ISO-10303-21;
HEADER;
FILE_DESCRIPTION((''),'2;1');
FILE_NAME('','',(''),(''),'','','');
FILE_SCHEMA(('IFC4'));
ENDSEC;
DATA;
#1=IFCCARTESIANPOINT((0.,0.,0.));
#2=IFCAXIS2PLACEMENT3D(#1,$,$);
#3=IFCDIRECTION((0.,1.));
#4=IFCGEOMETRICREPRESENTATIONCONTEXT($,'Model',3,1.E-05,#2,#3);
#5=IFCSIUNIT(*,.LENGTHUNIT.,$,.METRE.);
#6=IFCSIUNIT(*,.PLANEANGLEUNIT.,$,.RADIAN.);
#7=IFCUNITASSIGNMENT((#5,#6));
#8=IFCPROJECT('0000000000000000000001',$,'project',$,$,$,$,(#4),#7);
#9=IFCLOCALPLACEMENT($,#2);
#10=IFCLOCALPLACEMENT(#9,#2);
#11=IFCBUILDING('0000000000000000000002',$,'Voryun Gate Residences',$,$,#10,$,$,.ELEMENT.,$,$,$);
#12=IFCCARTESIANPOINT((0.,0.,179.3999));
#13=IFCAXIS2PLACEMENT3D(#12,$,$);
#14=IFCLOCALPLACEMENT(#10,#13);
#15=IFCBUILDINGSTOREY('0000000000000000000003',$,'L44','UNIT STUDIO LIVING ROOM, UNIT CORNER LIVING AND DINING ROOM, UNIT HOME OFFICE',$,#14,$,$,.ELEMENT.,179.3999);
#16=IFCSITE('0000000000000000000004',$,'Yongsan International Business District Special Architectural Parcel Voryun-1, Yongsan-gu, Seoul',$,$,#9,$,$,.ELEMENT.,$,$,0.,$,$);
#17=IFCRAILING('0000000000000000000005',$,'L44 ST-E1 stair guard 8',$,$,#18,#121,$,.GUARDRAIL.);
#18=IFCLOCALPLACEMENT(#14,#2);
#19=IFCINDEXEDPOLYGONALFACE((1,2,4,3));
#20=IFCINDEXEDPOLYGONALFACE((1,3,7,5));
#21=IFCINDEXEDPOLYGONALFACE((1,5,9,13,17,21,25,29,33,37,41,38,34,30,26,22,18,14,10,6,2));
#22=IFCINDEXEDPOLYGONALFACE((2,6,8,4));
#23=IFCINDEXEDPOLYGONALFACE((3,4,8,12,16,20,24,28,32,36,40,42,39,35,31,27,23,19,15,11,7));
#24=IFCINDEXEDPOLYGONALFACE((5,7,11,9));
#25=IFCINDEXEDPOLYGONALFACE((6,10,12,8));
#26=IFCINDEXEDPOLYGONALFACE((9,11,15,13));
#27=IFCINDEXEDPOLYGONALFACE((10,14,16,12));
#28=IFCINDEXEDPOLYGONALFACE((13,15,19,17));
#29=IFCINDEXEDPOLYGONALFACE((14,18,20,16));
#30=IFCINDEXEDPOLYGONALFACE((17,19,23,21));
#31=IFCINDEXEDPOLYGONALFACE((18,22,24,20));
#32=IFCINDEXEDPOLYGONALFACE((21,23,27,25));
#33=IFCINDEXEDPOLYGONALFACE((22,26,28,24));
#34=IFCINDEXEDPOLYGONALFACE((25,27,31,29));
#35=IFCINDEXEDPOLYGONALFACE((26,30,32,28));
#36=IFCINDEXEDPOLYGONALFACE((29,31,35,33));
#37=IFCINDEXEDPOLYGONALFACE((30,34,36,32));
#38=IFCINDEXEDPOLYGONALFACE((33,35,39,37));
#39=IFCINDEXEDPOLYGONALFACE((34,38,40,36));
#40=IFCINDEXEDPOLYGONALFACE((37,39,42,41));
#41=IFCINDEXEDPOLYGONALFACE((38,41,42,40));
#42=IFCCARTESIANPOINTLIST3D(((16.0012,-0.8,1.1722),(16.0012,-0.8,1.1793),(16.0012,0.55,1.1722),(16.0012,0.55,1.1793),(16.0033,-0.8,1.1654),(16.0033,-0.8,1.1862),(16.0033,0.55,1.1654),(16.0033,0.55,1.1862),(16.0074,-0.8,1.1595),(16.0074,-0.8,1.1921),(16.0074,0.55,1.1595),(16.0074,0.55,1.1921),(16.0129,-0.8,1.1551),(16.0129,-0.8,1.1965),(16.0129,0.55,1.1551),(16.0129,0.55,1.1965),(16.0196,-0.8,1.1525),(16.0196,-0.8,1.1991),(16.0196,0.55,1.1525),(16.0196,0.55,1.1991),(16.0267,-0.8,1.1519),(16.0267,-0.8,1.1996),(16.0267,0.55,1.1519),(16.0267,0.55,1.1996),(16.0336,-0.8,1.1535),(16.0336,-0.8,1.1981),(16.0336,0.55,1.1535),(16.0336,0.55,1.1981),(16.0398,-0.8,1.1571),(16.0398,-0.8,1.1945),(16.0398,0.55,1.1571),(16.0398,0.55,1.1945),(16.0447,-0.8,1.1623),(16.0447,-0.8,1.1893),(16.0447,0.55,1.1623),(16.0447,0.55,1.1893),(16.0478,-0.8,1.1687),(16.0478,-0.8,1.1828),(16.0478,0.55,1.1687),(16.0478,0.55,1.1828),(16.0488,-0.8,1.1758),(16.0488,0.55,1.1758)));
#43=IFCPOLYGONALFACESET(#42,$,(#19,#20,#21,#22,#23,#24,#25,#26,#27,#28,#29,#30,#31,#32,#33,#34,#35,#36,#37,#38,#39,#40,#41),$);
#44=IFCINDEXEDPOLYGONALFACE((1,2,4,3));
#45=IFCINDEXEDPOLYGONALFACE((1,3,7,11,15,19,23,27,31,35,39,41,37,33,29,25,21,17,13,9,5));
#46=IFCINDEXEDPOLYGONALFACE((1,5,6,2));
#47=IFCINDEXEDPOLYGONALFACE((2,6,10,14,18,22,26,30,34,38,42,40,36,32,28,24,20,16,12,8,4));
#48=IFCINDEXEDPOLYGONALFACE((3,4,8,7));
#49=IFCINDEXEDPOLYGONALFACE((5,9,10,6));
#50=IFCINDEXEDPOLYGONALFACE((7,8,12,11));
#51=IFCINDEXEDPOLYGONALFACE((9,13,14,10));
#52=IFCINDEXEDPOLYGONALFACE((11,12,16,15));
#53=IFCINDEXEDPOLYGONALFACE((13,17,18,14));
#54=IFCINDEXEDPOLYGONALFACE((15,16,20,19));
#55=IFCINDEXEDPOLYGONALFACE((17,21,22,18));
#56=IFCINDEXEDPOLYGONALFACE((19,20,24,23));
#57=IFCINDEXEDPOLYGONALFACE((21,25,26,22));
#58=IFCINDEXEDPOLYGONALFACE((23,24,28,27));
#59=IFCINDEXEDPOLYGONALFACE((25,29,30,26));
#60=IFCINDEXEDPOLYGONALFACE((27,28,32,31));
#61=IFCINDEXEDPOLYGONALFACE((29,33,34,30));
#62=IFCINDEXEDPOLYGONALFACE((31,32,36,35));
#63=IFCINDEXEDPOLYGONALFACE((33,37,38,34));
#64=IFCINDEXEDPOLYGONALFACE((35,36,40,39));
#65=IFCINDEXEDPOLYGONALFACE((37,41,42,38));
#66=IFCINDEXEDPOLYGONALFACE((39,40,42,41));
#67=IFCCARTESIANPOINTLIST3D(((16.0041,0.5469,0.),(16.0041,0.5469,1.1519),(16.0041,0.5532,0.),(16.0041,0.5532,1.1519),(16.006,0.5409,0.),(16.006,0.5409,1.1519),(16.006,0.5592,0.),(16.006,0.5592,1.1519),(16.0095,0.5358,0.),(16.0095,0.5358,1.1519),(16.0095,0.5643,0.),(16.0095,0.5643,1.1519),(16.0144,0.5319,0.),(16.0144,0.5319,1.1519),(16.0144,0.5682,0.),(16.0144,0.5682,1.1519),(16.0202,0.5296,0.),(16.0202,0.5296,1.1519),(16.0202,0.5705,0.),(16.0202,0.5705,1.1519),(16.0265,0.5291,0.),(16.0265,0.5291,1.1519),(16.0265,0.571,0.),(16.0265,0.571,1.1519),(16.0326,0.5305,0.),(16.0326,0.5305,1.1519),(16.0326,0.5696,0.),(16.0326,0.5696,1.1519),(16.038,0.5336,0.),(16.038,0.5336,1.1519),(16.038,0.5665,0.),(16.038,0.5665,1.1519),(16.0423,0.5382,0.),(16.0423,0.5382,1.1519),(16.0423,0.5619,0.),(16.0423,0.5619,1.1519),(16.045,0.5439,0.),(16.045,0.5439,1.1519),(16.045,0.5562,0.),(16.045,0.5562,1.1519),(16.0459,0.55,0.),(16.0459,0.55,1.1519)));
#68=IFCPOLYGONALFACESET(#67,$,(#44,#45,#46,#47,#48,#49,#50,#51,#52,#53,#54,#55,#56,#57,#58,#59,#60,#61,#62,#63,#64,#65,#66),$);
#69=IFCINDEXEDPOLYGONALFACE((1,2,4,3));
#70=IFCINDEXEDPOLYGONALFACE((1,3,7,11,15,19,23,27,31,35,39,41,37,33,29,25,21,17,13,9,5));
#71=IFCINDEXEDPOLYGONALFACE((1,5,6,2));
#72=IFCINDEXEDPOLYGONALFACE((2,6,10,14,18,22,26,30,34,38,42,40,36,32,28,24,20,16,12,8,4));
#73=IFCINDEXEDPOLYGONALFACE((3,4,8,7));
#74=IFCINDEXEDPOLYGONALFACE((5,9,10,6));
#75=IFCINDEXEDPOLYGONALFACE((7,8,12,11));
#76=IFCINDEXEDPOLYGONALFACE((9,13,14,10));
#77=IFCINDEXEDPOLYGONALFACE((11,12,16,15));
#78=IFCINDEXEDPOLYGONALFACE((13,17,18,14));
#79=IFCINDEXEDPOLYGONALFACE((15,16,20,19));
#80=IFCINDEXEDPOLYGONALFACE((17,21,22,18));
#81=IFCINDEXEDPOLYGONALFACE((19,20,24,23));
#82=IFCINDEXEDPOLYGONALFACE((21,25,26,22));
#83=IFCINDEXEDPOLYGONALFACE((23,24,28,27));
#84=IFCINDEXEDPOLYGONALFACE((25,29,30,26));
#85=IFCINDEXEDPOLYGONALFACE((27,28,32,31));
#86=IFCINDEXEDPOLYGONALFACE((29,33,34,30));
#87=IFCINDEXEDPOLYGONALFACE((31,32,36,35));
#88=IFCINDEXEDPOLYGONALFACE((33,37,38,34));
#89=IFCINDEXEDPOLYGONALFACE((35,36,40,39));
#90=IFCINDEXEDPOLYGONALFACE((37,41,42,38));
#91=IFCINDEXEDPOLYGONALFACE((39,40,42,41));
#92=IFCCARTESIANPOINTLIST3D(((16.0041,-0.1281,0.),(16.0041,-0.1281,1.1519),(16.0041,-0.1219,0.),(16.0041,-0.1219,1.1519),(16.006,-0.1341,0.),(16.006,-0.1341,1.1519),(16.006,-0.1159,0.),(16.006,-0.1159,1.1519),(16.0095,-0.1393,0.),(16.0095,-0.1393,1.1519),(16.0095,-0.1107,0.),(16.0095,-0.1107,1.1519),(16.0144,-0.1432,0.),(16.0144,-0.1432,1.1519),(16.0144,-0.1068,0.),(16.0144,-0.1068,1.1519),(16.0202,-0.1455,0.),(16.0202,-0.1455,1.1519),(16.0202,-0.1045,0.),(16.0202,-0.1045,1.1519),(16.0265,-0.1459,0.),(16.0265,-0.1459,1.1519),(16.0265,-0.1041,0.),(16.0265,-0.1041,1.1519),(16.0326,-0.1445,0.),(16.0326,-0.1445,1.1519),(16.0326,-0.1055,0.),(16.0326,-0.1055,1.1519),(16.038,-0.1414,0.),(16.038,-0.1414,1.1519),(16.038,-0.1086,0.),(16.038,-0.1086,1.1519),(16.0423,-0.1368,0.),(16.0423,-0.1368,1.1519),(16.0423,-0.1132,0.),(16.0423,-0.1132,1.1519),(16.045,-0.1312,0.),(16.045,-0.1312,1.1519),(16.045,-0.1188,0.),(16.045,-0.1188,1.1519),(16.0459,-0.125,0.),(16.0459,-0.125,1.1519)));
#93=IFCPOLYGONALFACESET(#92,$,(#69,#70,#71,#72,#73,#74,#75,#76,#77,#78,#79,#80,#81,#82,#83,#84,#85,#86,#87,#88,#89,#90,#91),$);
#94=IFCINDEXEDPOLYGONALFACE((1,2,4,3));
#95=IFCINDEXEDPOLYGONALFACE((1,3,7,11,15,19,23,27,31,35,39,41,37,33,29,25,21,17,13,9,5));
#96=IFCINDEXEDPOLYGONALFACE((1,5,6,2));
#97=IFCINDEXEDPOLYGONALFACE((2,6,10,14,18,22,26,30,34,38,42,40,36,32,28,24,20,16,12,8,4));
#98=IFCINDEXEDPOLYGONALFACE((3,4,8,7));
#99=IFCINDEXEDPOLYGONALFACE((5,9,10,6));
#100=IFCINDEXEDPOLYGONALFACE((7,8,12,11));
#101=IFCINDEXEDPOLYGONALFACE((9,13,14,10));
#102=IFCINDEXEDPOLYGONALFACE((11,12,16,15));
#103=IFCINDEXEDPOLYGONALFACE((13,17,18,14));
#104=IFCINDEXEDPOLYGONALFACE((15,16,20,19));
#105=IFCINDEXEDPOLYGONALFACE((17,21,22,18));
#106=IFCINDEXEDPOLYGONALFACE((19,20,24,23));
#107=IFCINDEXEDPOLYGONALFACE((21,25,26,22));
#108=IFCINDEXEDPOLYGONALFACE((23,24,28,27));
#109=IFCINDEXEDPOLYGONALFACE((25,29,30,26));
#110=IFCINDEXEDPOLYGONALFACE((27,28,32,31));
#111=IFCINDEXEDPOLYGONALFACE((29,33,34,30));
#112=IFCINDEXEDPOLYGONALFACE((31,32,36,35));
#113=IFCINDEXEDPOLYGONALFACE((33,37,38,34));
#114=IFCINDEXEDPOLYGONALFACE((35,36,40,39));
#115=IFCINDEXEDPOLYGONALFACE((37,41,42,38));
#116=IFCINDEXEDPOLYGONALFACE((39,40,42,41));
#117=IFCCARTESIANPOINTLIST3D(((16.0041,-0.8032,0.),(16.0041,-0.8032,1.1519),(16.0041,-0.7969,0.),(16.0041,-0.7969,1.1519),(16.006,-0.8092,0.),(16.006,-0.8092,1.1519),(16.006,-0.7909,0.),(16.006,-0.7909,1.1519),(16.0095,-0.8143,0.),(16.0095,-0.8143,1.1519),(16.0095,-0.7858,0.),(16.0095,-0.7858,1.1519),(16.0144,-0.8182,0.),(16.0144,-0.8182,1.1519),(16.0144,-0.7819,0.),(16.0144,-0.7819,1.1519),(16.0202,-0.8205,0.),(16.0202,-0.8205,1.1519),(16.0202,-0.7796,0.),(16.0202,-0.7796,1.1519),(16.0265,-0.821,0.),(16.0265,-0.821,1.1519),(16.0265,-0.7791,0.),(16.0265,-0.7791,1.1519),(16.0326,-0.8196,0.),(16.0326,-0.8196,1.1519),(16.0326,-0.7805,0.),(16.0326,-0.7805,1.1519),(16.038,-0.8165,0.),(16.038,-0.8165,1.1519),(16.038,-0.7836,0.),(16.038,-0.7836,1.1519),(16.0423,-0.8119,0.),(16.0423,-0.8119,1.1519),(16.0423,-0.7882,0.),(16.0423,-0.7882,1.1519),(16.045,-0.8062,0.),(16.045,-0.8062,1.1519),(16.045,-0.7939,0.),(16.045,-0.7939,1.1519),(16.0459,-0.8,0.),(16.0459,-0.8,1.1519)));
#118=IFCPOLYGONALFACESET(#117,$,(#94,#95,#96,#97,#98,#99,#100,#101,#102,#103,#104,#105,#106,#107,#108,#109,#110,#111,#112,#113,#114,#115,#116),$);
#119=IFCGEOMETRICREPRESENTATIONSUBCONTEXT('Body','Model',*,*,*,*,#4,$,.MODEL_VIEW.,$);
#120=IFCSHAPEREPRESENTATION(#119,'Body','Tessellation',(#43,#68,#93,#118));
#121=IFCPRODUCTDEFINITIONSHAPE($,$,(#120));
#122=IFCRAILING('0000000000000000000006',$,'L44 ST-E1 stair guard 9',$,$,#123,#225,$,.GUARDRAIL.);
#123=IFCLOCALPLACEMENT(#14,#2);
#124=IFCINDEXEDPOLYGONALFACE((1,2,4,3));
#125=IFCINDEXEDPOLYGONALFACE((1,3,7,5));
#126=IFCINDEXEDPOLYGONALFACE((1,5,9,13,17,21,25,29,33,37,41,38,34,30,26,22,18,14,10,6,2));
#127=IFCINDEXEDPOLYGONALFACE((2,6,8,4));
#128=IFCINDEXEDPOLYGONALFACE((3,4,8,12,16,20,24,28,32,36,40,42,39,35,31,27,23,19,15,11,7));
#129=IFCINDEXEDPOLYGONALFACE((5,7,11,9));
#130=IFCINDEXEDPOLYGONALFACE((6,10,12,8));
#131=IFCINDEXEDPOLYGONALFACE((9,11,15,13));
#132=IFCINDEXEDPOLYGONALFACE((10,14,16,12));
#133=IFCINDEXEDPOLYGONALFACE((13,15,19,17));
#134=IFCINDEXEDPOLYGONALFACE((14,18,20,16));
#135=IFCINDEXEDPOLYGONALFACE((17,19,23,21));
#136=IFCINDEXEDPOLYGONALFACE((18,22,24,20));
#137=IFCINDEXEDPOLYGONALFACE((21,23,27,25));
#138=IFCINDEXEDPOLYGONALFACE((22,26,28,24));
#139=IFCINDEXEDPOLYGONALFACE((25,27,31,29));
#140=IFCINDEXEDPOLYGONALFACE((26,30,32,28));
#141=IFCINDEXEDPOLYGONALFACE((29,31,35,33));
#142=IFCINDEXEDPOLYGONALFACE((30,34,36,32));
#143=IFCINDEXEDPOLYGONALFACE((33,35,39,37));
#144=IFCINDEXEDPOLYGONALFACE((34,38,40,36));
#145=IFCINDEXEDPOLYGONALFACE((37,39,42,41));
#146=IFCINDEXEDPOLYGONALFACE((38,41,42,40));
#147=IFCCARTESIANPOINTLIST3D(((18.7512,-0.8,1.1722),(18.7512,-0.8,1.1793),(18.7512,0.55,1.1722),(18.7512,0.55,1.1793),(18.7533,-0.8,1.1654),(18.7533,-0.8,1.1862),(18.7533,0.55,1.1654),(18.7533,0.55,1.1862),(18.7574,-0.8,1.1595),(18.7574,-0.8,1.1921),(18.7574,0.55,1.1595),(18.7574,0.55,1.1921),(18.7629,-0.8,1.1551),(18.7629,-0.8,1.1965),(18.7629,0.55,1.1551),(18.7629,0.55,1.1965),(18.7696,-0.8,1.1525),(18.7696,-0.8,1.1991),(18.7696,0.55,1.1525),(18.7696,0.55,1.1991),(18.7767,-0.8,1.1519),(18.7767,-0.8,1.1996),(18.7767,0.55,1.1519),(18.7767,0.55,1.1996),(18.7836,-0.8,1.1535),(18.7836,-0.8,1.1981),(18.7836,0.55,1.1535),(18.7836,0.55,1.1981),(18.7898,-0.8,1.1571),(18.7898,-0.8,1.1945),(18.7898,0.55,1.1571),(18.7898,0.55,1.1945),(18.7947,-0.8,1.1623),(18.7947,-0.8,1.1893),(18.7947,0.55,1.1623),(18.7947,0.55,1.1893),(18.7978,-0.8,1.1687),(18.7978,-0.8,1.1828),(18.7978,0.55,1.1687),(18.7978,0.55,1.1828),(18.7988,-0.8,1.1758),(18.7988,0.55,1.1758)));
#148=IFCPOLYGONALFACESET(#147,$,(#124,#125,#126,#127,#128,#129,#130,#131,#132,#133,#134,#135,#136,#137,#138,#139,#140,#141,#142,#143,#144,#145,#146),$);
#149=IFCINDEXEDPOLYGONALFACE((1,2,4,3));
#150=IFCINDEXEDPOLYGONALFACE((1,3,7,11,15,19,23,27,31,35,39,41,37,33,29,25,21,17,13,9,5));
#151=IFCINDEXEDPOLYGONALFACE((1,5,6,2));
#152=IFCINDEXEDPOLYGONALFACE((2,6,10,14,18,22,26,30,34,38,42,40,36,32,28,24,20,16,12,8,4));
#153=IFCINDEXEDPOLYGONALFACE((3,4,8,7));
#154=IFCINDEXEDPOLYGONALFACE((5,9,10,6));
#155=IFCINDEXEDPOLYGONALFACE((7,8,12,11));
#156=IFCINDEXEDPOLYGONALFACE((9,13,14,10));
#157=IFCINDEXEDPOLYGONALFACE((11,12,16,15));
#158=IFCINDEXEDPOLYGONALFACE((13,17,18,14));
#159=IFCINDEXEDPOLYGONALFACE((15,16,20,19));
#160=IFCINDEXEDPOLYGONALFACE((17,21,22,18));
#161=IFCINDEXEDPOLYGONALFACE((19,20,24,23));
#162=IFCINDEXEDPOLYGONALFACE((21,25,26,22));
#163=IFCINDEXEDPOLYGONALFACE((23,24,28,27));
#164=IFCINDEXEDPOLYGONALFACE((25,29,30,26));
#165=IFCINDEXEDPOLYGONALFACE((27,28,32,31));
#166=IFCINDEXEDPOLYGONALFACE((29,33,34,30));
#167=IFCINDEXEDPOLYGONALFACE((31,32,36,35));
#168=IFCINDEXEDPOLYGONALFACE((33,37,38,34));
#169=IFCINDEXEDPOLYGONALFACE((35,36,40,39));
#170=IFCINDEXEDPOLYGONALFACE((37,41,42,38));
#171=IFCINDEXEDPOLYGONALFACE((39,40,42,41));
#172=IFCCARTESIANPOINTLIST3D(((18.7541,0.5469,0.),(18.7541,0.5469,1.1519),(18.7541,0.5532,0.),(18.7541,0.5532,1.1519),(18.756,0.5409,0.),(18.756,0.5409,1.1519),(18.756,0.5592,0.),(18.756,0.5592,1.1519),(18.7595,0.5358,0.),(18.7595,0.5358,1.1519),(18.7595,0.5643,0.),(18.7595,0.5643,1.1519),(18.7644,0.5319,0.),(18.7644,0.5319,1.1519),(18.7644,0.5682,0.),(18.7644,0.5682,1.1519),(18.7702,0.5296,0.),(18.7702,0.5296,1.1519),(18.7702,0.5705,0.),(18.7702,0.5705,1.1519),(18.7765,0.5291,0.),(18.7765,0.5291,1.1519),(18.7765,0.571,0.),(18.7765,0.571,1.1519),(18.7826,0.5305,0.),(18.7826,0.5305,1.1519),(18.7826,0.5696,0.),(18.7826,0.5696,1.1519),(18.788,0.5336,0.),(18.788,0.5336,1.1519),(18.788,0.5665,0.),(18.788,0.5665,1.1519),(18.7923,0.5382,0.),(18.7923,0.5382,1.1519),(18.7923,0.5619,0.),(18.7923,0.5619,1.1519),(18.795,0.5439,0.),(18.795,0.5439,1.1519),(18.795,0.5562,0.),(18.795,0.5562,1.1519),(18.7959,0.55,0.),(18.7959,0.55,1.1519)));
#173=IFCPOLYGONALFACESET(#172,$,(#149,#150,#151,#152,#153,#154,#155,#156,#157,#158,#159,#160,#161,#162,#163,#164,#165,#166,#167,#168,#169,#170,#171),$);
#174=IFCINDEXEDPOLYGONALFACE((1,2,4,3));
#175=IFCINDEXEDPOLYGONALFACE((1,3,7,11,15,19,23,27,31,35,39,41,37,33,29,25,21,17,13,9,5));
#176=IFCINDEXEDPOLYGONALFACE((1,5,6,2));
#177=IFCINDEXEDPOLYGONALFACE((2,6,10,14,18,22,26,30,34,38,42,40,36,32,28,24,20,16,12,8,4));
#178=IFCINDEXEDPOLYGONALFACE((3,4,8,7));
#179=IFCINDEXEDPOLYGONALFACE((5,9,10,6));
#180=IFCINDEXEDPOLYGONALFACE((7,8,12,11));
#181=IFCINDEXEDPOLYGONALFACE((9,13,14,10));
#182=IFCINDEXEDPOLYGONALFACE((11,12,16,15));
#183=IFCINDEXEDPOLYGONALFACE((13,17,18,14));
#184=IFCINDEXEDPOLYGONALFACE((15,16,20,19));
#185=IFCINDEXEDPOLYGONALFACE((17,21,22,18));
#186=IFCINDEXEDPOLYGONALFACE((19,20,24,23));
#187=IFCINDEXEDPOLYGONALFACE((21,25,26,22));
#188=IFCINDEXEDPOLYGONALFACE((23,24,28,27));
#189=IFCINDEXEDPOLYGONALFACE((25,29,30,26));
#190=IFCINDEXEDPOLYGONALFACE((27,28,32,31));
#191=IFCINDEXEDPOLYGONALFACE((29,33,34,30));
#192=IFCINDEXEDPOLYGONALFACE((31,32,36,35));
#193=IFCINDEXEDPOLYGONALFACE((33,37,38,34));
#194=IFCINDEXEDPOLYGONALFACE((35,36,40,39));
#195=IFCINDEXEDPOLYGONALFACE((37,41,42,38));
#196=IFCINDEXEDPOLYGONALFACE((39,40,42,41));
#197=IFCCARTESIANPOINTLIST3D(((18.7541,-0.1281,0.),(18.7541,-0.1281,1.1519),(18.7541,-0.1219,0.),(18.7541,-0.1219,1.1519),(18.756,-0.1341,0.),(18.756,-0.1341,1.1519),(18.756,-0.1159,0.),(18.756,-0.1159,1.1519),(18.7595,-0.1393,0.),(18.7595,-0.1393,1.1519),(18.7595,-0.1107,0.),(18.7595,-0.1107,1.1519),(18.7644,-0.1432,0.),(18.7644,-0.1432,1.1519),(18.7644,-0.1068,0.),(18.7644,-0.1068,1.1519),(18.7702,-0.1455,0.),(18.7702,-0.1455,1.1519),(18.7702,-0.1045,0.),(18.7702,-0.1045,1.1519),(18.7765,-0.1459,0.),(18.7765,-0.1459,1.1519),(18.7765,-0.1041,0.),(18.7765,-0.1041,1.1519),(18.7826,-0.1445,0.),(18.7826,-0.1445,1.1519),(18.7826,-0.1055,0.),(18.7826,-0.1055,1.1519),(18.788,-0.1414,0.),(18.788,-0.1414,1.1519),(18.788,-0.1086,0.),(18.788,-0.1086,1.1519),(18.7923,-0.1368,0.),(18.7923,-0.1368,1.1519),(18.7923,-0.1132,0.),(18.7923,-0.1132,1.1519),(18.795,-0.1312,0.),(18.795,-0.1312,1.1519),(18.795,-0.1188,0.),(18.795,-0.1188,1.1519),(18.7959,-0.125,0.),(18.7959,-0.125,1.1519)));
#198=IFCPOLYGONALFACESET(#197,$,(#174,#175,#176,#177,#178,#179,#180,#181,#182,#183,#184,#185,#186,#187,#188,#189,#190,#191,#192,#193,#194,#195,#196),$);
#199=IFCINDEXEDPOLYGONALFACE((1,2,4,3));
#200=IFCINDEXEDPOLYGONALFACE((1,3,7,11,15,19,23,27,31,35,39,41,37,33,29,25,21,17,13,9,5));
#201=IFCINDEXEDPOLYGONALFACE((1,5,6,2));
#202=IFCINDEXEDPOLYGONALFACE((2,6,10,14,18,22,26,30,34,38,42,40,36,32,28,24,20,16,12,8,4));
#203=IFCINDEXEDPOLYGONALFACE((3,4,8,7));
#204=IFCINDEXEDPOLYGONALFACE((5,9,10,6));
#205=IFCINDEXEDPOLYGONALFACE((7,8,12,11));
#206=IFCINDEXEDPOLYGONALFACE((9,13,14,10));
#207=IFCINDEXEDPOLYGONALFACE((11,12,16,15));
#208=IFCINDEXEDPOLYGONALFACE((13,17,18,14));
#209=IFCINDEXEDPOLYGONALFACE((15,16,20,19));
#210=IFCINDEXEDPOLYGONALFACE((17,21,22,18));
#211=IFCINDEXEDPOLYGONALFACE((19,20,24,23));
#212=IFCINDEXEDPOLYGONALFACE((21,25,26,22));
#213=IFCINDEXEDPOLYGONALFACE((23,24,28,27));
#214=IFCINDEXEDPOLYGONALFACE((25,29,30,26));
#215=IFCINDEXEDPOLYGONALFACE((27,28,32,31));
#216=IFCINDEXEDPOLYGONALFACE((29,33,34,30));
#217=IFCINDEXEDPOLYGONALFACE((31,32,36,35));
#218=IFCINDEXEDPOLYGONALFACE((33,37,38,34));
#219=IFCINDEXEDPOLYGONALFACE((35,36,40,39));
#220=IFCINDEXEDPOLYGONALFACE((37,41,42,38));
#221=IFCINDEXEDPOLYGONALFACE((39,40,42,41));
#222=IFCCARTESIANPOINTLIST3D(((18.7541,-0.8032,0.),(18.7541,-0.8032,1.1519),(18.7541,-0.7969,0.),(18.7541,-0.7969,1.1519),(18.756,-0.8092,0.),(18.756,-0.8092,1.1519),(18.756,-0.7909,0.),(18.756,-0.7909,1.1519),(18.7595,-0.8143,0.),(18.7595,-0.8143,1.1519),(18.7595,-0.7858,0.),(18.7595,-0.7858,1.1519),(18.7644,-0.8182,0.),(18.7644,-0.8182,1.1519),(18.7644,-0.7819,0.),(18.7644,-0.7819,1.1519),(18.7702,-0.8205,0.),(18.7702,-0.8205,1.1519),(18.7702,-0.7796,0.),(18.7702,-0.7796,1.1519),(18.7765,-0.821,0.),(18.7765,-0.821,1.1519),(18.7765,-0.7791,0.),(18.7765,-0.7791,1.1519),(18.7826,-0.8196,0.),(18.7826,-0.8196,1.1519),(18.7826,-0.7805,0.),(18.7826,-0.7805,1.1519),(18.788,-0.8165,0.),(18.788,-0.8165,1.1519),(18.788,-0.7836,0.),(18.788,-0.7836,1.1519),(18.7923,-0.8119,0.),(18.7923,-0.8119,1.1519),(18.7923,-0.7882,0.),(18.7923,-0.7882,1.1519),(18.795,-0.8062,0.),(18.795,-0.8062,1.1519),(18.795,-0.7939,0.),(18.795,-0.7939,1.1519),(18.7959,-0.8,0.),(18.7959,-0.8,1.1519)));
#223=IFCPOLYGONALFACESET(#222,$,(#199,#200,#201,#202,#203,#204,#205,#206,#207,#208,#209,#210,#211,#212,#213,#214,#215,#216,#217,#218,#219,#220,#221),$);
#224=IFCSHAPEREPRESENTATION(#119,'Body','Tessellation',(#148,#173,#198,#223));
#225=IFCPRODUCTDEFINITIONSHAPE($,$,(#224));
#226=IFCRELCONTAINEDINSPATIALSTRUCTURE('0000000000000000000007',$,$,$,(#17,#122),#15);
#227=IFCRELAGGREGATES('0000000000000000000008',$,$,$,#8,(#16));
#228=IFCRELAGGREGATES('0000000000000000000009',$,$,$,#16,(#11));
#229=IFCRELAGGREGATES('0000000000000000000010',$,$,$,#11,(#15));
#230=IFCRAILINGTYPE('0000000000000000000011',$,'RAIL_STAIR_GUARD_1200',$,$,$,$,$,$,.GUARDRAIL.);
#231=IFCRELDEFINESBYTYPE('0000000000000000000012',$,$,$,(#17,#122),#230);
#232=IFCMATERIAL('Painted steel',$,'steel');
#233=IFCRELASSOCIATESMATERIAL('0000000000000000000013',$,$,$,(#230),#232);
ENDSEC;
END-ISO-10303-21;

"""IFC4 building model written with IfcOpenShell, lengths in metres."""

from ifc_helpers import new_model, si_unit, direction, frame, origin, origin_2d, place, context, subcontext, project, spatial, circle, extrude, material, type_object, element, save


model = new_model("IFC4")

# Units and contexts
model_context = context("Model", 3, precision=1e-05, world=origin(), true_north=direction((0.0, 1.0)))
body_context = subcontext(model_context, "Body", "Model", "MODEL_VIEW")
ifc_project = project(units=[si_unit("LENGTHUNIT", "METRE"), si_unit("PLANEANGLEUNIT", "RADIAN")], contexts=[model_context])

# Site, building, storey
site_placement = place(None, origin())
site = spatial("IfcSite", under=ifc_project, at=site_placement, Name="Yongsan International Business District Special Architectural Parcel Voryun-1, Yongsan-gu, Seoul", CompositionType="ELEMENT", RefElevation=0.0)
building_placement = place(site_placement, origin())
building = spatial("IfcBuilding", under=site, at=building_placement, Name="Voryun Gate Residences", CompositionType="ELEMENT")
storey_placement = place(building_placement, frame((0.0, 0.0, 179.3999)))
storey = spatial("IfcBuildingStorey", under=building, at=storey_placement, Name="L44", Description="UNIT STUDIO LIVING ROOM, UNIT CORNER LIVING AND DINING ROOM, UNIT HOME OFFICE", CompositionType="ELEMENT", Elevation=179.3999)

# Railings
ifc_material_1 = material(Name="Painted steel", Category="steel")
railing_type = type_object("IfcRailingType", Name="RAIL_STAIR_GUARD_1200", PredefinedType="GUARDRAIL", material=ifc_material_1)
for number, where, name in (
    (1, (16.0249, 0.55, 0.0), "L44 ST-E1 stair guard 8"),
    (2, (18.7749, 0.55, 0.0), "L44 ST-E1 stair guard 9"),
):
    element("IfcRailing", number, at=place(storey_placement, frame(where)), inside=storey, type_object=railing_type, Name=name, PredefinedType="GUARDRAIL", context=body_context, shape_type="SweptSolid", body=[
        extrude(circle(Radius=0.0239, at=origin_2d()), frame((0.0, 0.0, 1.1758), z_axis=(0.0, -1.0, 0.0), x_axis=(1.0, 0.0, 0.0)), (0.0, 0.0, 1.0), 1.3501),
        extrude(circle(Radius=0.021, at=origin_2d()), origin(), (0.0, 0.0, 1.0), 1.1519),
        extrude(circle(Radius=0.021, at=origin_2d()), frame((0.0, -0.675, 0.0)), (0.0, 0.0, 1.0), 1.1519),
        extrude(circle(Radius=0.021, at=origin_2d()), frame((0.0, -1.3501, 0.0)), (0.0, 0.0, 1.0), 1.1519),
    ])

save(model, "model.ifc")
